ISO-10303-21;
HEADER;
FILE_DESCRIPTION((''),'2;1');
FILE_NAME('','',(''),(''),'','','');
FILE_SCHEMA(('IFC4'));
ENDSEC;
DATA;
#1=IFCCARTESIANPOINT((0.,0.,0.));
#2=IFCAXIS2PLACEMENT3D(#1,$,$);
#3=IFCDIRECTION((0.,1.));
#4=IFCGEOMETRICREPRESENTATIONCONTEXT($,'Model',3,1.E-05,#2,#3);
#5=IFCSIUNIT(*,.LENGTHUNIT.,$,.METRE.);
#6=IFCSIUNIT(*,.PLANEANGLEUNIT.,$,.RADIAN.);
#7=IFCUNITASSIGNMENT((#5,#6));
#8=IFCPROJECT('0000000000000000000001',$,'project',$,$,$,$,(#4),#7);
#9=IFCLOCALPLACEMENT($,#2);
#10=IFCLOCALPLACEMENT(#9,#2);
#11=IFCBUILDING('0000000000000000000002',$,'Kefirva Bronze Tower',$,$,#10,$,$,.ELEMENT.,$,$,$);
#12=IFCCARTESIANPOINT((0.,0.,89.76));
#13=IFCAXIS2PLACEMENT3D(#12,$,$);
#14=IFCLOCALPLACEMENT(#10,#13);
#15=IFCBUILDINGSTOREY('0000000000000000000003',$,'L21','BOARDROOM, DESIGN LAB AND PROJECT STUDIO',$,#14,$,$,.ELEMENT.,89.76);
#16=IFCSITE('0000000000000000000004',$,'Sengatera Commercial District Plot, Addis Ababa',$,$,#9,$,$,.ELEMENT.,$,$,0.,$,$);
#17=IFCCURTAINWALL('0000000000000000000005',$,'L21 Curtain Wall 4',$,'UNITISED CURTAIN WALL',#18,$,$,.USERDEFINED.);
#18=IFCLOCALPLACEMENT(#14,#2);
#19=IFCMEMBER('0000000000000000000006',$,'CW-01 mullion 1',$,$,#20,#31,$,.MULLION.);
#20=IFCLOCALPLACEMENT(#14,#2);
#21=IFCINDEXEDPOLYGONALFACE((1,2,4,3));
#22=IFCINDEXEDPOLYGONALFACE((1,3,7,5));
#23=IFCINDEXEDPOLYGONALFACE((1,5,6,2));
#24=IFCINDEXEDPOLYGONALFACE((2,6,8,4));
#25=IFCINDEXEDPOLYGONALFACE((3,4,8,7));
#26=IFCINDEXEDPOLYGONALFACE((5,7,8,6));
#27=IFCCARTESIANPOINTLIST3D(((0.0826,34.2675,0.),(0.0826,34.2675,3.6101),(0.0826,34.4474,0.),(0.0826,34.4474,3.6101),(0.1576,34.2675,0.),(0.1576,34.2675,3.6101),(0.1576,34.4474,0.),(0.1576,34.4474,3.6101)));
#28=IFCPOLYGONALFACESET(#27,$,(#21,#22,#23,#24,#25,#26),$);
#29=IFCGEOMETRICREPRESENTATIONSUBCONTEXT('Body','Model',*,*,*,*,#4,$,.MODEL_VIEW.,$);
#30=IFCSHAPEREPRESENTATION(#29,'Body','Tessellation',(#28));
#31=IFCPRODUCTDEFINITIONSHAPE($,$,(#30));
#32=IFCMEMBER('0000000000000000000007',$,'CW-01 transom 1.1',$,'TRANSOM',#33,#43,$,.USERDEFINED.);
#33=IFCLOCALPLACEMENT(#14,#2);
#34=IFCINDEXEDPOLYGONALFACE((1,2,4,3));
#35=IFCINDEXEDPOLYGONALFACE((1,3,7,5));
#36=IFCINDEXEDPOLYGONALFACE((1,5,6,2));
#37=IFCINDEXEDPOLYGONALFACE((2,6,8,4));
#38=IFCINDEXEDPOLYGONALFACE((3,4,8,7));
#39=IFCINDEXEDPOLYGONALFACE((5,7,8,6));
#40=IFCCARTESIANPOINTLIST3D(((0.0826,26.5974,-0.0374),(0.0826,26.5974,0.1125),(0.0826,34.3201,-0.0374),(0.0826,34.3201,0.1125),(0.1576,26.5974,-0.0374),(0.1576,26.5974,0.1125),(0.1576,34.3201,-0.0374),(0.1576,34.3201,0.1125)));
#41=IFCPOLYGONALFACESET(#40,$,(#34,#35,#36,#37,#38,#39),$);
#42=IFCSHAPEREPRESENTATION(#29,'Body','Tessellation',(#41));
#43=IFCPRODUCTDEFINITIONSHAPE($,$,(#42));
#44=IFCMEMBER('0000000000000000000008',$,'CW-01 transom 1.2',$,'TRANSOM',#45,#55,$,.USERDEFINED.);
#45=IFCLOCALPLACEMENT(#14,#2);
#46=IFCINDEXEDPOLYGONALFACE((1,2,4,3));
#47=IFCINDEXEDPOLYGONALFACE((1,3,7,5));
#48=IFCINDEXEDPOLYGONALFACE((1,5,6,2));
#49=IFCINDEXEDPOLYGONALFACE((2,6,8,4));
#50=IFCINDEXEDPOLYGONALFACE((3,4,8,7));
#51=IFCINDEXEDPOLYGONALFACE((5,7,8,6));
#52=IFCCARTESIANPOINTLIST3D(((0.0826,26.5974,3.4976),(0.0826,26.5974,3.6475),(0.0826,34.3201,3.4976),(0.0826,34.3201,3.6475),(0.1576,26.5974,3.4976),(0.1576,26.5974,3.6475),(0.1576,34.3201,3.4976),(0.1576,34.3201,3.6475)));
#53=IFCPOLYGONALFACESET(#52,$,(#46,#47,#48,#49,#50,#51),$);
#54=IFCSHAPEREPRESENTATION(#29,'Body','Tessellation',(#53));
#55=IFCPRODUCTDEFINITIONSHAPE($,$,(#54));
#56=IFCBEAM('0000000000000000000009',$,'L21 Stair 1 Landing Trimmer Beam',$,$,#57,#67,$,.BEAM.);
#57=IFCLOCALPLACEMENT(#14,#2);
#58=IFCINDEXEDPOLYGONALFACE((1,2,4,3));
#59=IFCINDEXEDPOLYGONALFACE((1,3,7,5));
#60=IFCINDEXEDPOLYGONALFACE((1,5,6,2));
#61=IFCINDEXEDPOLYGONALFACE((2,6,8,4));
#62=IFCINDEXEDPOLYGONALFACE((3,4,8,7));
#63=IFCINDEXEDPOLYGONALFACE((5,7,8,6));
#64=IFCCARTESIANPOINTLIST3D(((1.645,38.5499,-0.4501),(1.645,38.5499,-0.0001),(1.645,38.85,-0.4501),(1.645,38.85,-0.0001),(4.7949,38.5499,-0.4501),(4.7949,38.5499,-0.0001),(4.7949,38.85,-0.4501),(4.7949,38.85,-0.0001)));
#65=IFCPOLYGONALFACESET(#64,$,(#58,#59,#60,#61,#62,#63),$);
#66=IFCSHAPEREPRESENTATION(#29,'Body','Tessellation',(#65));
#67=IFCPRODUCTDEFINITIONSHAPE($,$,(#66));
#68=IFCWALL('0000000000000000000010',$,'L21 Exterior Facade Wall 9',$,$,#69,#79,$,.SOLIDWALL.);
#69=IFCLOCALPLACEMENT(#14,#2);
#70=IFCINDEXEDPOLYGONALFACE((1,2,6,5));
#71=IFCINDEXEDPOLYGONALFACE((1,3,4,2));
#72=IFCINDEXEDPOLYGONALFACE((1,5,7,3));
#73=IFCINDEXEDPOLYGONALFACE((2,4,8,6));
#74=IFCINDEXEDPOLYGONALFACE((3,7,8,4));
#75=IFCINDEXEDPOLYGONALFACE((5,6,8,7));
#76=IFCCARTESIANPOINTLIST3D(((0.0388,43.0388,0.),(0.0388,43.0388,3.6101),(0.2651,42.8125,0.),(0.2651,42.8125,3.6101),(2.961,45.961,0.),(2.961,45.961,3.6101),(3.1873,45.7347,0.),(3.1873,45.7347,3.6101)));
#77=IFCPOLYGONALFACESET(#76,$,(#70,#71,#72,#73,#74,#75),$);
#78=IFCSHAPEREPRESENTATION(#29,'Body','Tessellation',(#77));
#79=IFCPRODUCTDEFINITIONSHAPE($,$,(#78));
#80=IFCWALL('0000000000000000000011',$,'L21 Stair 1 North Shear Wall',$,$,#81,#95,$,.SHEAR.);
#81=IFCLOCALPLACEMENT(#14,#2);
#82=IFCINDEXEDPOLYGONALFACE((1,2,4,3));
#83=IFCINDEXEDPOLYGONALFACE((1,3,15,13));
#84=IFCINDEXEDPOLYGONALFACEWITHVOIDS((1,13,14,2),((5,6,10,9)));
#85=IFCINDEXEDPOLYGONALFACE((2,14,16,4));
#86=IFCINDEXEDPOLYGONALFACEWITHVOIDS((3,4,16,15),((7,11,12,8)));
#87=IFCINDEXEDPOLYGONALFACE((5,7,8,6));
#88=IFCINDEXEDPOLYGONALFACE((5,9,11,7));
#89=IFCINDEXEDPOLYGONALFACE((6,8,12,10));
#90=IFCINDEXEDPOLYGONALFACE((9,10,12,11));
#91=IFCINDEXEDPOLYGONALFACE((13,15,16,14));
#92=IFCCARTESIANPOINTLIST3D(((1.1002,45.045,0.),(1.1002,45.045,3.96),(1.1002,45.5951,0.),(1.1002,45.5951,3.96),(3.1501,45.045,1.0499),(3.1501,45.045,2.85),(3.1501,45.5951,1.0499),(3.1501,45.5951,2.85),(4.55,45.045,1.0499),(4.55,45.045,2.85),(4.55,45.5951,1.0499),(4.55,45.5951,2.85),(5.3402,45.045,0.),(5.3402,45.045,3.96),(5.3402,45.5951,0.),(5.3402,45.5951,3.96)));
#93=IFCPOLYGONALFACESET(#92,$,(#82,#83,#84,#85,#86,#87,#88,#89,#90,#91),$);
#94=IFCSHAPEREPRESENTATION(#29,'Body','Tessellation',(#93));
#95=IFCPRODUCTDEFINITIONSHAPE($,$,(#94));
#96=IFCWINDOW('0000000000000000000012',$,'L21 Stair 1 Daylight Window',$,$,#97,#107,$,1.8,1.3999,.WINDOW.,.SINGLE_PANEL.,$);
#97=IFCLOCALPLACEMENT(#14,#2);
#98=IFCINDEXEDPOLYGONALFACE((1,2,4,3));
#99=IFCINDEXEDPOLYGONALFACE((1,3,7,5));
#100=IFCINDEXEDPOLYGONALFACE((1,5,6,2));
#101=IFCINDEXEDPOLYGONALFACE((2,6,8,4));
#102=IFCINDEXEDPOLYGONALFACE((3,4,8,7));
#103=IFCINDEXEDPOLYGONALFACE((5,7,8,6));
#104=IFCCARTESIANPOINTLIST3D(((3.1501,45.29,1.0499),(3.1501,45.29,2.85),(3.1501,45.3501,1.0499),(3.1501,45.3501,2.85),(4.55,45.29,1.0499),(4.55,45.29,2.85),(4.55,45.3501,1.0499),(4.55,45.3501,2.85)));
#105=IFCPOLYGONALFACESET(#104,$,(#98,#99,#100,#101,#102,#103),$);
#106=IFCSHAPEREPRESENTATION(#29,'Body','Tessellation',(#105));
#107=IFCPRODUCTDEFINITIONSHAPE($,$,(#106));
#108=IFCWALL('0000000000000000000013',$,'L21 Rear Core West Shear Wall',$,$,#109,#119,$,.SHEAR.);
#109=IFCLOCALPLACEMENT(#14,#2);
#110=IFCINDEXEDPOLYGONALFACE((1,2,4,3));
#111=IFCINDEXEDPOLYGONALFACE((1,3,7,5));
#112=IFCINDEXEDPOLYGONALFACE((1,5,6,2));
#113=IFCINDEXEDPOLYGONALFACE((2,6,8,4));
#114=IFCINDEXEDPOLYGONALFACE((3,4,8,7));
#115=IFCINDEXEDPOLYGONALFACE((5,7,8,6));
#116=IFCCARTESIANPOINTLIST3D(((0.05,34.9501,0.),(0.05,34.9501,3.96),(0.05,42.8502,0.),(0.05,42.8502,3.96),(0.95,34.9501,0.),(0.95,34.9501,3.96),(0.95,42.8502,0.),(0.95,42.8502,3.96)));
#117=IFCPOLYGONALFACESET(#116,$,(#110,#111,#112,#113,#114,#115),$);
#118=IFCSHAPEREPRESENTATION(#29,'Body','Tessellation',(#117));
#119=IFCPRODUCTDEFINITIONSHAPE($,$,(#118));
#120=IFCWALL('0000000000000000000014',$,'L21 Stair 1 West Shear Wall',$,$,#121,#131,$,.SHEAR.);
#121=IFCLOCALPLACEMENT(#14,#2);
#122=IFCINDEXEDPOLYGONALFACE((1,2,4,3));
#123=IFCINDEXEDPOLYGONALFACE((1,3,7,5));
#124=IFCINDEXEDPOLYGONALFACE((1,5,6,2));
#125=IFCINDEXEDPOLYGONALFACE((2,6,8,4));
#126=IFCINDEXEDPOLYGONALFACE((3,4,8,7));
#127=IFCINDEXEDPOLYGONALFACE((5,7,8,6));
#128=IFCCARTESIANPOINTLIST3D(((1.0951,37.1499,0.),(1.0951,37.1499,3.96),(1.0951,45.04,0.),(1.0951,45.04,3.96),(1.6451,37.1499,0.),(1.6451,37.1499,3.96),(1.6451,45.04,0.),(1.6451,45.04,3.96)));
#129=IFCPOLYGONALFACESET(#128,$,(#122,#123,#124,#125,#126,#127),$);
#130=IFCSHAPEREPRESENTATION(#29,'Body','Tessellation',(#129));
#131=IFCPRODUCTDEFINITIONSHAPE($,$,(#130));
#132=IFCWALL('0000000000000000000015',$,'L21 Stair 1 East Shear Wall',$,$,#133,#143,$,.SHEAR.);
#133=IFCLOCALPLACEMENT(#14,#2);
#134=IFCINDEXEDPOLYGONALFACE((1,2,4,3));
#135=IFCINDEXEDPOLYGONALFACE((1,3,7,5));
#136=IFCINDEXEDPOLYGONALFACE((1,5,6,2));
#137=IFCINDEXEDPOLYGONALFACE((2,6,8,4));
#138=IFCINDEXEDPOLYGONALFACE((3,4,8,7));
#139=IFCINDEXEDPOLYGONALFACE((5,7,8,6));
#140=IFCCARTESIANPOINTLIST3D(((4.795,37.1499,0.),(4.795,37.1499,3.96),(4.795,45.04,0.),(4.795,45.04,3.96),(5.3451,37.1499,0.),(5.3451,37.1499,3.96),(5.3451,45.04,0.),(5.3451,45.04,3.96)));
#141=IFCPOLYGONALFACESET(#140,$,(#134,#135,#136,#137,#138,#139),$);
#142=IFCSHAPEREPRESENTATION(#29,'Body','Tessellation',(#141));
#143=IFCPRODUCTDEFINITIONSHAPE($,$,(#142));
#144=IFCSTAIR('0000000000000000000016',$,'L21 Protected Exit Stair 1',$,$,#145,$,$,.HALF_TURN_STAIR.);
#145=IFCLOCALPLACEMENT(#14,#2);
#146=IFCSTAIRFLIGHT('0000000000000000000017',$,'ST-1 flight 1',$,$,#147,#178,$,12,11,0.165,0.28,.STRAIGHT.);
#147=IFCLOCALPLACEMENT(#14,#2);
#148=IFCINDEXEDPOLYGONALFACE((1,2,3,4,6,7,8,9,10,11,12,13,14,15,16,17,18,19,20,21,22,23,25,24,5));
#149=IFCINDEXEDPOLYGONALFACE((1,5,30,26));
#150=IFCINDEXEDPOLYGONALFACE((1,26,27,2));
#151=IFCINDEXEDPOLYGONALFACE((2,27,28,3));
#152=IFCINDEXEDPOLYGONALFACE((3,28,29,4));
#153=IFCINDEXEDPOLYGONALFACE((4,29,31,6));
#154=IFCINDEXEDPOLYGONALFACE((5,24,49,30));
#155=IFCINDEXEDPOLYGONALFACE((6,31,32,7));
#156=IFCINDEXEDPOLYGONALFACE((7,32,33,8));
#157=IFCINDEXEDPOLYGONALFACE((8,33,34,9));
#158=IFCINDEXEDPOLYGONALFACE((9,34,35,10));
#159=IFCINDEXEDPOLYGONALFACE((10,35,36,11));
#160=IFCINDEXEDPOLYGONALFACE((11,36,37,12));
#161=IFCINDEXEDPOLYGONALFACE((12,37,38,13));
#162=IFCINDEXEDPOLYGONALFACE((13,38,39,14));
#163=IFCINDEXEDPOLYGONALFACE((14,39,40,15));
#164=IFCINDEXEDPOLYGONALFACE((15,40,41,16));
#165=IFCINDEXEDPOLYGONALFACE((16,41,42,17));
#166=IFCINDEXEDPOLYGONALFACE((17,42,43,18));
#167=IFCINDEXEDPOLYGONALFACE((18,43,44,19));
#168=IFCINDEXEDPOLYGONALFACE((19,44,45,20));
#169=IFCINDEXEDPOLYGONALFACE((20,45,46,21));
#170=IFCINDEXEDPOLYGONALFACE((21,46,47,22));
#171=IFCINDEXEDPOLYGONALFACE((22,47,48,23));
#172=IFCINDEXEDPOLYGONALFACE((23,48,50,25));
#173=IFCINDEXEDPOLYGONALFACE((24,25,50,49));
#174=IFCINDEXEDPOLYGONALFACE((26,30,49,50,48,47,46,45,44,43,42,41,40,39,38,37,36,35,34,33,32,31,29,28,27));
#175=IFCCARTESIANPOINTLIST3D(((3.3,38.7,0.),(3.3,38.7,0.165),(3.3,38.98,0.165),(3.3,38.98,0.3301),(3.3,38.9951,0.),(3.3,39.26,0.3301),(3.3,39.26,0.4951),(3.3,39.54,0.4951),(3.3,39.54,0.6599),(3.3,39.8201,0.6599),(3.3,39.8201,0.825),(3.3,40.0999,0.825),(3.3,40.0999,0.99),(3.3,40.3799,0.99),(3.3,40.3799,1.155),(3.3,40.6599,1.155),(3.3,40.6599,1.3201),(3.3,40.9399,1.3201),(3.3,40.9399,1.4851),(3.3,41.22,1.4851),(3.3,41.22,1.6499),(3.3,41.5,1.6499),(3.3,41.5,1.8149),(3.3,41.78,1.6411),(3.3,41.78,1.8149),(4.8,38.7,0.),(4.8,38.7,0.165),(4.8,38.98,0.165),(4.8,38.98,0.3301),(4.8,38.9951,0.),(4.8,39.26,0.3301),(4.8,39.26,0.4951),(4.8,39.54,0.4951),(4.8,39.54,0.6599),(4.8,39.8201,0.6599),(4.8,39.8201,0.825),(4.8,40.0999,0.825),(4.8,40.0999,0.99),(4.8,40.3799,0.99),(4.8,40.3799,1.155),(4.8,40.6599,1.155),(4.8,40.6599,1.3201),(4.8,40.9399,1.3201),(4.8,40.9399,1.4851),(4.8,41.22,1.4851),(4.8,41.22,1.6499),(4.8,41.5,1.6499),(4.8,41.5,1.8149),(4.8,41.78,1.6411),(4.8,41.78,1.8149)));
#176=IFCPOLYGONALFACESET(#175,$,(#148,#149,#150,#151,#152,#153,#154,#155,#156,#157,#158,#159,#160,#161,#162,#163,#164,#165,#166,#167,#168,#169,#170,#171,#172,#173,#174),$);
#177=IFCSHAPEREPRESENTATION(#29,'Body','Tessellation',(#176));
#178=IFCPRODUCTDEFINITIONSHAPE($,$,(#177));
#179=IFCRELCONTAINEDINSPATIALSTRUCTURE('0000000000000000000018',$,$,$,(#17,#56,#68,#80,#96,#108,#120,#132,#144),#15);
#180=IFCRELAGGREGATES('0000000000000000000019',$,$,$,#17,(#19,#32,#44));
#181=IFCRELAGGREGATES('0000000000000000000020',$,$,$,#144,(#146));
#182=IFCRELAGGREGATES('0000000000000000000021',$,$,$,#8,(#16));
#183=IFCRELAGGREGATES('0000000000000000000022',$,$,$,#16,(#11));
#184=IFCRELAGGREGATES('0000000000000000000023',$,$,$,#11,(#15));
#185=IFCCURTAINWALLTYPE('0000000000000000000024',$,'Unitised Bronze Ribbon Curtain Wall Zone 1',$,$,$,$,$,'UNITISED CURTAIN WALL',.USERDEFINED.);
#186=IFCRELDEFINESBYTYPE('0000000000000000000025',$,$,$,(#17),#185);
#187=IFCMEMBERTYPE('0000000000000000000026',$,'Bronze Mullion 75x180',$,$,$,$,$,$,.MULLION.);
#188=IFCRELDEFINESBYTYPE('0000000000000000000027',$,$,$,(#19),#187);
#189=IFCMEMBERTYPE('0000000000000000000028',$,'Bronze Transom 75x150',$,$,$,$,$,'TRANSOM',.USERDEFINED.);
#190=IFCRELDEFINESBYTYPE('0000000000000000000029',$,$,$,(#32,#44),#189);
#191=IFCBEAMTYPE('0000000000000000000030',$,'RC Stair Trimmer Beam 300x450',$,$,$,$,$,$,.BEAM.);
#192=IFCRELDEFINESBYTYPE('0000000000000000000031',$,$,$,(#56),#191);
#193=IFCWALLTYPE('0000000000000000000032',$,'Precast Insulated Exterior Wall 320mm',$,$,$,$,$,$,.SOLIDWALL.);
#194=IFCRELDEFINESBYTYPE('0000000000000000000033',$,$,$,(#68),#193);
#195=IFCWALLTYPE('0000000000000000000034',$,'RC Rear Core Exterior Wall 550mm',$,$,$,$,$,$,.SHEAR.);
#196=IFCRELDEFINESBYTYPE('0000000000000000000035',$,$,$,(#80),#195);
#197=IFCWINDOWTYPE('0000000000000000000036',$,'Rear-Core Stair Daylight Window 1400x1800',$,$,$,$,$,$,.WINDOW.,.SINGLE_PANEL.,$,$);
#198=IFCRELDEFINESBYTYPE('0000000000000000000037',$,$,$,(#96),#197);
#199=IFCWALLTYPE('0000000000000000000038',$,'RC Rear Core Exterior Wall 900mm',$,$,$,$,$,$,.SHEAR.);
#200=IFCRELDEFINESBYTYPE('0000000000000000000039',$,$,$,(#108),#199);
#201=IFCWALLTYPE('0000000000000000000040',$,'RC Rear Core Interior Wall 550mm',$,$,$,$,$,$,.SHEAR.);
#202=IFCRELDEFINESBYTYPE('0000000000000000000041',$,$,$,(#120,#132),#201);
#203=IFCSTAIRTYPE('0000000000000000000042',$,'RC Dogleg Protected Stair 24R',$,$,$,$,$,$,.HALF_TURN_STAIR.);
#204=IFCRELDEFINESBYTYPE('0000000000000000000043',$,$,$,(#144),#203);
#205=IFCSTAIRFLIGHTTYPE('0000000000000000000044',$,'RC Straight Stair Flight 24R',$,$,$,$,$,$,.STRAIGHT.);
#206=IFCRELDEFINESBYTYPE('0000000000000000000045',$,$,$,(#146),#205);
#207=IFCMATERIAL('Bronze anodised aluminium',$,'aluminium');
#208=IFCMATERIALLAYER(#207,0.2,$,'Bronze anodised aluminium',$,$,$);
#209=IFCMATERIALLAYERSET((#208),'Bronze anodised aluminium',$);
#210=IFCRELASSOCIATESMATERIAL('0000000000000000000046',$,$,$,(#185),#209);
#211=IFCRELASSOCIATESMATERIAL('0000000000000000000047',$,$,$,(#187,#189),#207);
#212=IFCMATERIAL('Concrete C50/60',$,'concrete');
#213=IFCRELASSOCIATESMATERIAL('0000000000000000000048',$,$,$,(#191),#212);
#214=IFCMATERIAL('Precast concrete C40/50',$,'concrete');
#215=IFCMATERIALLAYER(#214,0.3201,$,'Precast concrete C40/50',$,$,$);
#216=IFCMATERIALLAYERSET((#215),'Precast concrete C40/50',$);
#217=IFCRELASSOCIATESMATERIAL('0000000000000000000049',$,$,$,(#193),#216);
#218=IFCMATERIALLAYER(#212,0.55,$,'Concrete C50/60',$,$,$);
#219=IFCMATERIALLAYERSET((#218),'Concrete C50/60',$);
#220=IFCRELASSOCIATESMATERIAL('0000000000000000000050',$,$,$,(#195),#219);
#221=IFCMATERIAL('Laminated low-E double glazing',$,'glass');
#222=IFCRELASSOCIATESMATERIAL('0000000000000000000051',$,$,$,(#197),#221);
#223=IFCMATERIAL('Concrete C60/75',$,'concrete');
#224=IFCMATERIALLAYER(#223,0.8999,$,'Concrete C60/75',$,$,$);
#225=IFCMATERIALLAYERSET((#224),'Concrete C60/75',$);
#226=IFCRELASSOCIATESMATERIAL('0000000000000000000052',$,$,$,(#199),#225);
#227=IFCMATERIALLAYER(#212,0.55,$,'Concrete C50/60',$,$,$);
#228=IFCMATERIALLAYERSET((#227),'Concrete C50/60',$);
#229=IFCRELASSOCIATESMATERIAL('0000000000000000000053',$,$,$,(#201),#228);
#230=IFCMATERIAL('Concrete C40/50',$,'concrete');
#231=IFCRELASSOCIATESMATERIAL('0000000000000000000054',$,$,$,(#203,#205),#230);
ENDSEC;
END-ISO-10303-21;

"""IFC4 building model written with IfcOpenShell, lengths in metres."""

from ifc_helpers import new_model, si_unit, direction, frame, frame_2d, origin, origin_2d, place, context, subcontext, project, spatial, polyline, rectangle, outline, extrude, material, layer, layer_set, material_profile, profile_set, type_object, element, fill, aggregate, save


model = new_model("IFC4")

# Units and contexts
model_context = context("Model", 3, precision=1e-05, world=origin(), true_north=direction((0.0, 1.0)))
body_context = subcontext(model_context, "Body", "Model", "MODEL_VIEW")
ifc_project = project(units=[si_unit("LENGTHUNIT", "METRE"), si_unit("PLANEANGLEUNIT", "RADIAN")], contexts=[model_context])

# Site, building, storey
site_placement = place(None, origin())
site = spatial("IfcSite", under=ifc_project, at=site_placement, Name="Sengatera Commercial District Plot, Addis Ababa", CompositionType="ELEMENT", RefElevation=0.0)
building_placement = place(site_placement, origin())
building = spatial("IfcBuilding", under=site, at=building_placement, Name="Kefirva Bronze Tower", CompositionType="ELEMENT")
storey_placement = place(building_placement, frame((0.0, 0.0, 89.76)))
storey = spatial("IfcBuildingStorey", under=building, at=storey_placement, Name="L21", Description="BOARDROOM, DESIGN LAB AND PROJECT STUDIO", CompositionType="ELEMENT", Elevation=89.76)

# Curtain wall, members
ifc_material_1 = material(Name="Bronze anodised aluminium", Category="aluminium")
ifc_layer_1 = layer(ifc_material_1, 0.2, Name="Bronze anodised aluminium")
ifc_layer_set_1 = layer_set([ifc_layer_1], Name="Bronze anodised aluminium")
curtain_wall_type = type_object("IfcCurtainWallType", Name="Unitised Bronze Ribbon Curtain Wall Zone 1", ElementType="UNITISED CURTAIN WALL", PredefinedType="USERDEFINED", material=ifc_layer_set_1)
curtain_wall_placement = place(storey_placement, origin())
curtain_wall = element("IfcCurtainWall", 1, at=curtain_wall_placement, inside=storey, type_object=curtain_wall_type, Name="L21 Curtain Wall 4", ObjectType="UNITISED CURTAIN WALL", PredefinedType="USERDEFINED")
ifc_material_profile_1 = material_profile(ifc_material_1, rectangle(XDim=0.075, YDim=0.1799, at=origin_2d()), Name="ALU 75x180")
ifc_profile_set_1 = profile_set([ifc_material_profile_1], Name="Bronze anodised aluminium")
member_type_1 = type_object("IfcMemberType", Name="Bronze Mullion 75x180", PredefinedType="MULLION", material=ifc_profile_set_1)
member_1_placement = place(storey_placement, frame((0.1201, 34.3574, 0.0), z_axis=(0.0, 0.0, 1.0), x_axis=(1.0, 0.0, 0.0)))
member_1 = element("IfcMember", 2, at=member_1_placement, type_object=member_type_1, Name="CW-01 mullion 1", PredefinedType="MULLION", context=body_context, shape_type="SweptSolid", body=[
    extrude(rectangle(XDim=0.075, YDim=0.1799, at=origin_2d()), origin(), (0.0, 0.0, 1.0), 3.6101),
])
ifc_material_profile_2 = material_profile(ifc_material_1, rectangle(XDim=0.075, YDim=0.1499, at=origin_2d()), Name="ALU 75x150")
ifc_profile_set_2 = profile_set([ifc_material_profile_2], Name="Bronze anodised aluminium")
member_type_2 = type_object("IfcMemberType", Name="Bronze Transom 75x150", ElementType="TRANSOM", PredefinedType="USERDEFINED", material=ifc_profile_set_2)
member_2_placement = place(storey_placement, frame((0.1201, 34.3201, 0.0376), z_axis=(0.0, -1.0, 0.0), x_axis=(1.0, 0.0, 0.0)))
member_2 = element("IfcMember", 3, at=member_2_placement, type_object=member_type_2, Name="CW-01 transom 1.1", ObjectType="TRANSOM", PredefinedType="USERDEFINED", context=body_context, shape_type="SweptSolid", body=[
    extrude(rectangle(XDim=0.075, YDim=0.1499, at=origin_2d()), origin(), (0.0, 0.0, 1.0), 7.7227),
])
member_3_placement = place(storey_placement, frame((0.1201, 34.3201, 3.5725), z_axis=(0.0, -1.0, 0.0), x_axis=(1.0, 0.0, 0.0)))
member_3 = element("IfcMember", 4, at=member_3_placement, type_object=member_type_2, Name="CW-01 transom 1.2", ObjectType="TRANSOM", PredefinedType="USERDEFINED", context=body_context, shape_type="SweptSolid", body=[
    extrude(rectangle(XDim=0.075, YDim=0.1499, at=origin_2d()), origin(), (0.0, 0.0, 1.0), 7.7227),
])
aggregate(curtain_wall, [member_1, member_2, member_3])

# Beam
ifc_material_2 = material(Name="Concrete C50/60", Category="concrete")
ifc_material_profile_3 = material_profile(ifc_material_2, rectangle(XDim=0.3, YDim=0.45, at=origin_2d()), Name="RC 300x450")
ifc_profile_set_3 = profile_set([ifc_material_profile_3], Name="Concrete C50/60")
beam_type = type_object("IfcBeamType", Name="RC Stair Trimmer Beam 300x450", PredefinedType="BEAM", material=ifc_profile_set_3)
beam_placement = place(storey_placement, frame((1.645, 38.7, -0.2251), z_axis=(1.0, 0.0, 0.0), x_axis=(0.0, 1.0, 0.0)))
element("IfcBeam", 5, at=beam_placement, inside=storey, type_object=beam_type, Name="L21 Stair 1 Landing Trimmer Beam", PredefinedType="BEAM", context=body_context, shape_type="SweptSolid", body=[
    extrude(rectangle(XDim=0.3, YDim=0.45, at=origin_2d()), origin(), (0.0, 0.0, 1.0), 3.1499),
])

# Wall
ifc_material_3 = material(Name="Precast concrete C40/50", Category="concrete")
ifc_layer_2 = layer(ifc_material_3, 0.3201, Name="Precast concrete C40/50")
ifc_layer_set_2 = layer_set([ifc_layer_2], Name="Precast concrete C40/50")
wall_type_1 = type_object("IfcWallType", Name="Precast Insulated Exterior Wall 320mm", PredefinedType="SOLIDWALL", material=ifc_layer_set_2)
wall_1_placement = place(storey_placement, frame((3.0742, 45.8479, 0.0), z_axis=(0.0, 0.0, 1.0), x_axis=(-0.707107, -0.707107, 0.0)))
element("IfcWall", 6, at=wall_1_placement, inside=storey, type_object=wall_type_1, Name="L21 Exterior Facade Wall 9", PredefinedType="SOLIDWALL", context=body_context, shape_type="SweptSolid", body=[
    extrude(rectangle(XDim=4.1326, YDim=0.3201, at=frame_2d((2.0664, 0.0))), origin(), (0.0, 0.0, 1.0), 3.6101),
])

# Wall, opening, window
ifc_layer_3 = layer(ifc_material_2, 0.55, Name="Concrete C50/60")
ifc_layer_set_3 = layer_set([ifc_layer_3], Name="Concrete C50/60")
wall_type_2 = type_object("IfcWallType", Name="RC Rear Core Exterior Wall 550mm", PredefinedType="SHEAR", material=ifc_layer_set_3)
wall_2_placement = place(storey_placement, frame((1.1001, 45.3201, 0.0), z_axis=(0.0, 0.0, 1.0), x_axis=(1.0, 0.0, 0.0)))
wall_2 = element("IfcWall", 7, at=wall_2_placement, inside=storey, type_object=wall_type_2, Name="L21 Stair 1 North Shear Wall", PredefinedType="SHEAR", context=body_context, shape_type="SweptSolid", body=[
    extrude(rectangle(XDim=4.24, YDim=0.55, at=frame_2d((2.1201, 0.0))), origin(), (0.0, 0.0, 1.0), 3.96),
])
opening_1_placement = place(wall_2_placement, frame((2.05, 0.0, 1.05)))
opening_1 = element("IfcOpeningElement", 8, at=opening_1_placement, cuts=wall_2, PredefinedType="OPENING", context=body_context, shape_type="SweptSolid", body=[
    extrude(rectangle(XDim=1.3999, YDim=1.8, at=frame_2d((0.7, 0.8999))), frame((0.0, 0.2852, 0.0), z_axis=(0.0, -1.0, 0.0), x_axis=(1.0, 0.0, 0.0)), (0.0, 0.0, 1.0), 0.5701),
])
ifc_material_4 = material(Name="Laminated low-E double glazing", Category="glass")
window_type = type_object("IfcWindowType", Name="Rear-Core Stair Daylight Window 1400x1800", PartitioningType="SINGLE_PANEL", PredefinedType="WINDOW", material=ifc_material_4)
window_placement = place(opening_1_placement, origin())
window = element("IfcWindow", 9, at=window_placement, inside=storey, type_object=window_type, Name="L21 Stair 1 Daylight Window", OverallHeight=1.8, OverallWidth=1.3999, PartitioningType="SINGLE_PANEL", PredefinedType="WINDOW", context=body_context, shape_type="SweptSolid", body=[
    extrude(rectangle(XDim=1.3999, YDim=1.8, at=frame_2d((0.7, 0.8999))), frame((0.0, 0.03, 0.0), z_axis=(0.0, -1.0, 0.0), x_axis=(1.0, 0.0, 0.0)), (0.0, 0.0, 1.0), 0.0601),
])
fill(opening_1, window)

# Walls
ifc_material_5 = material(Name="Concrete C60/75", Category="concrete")
ifc_layer_4 = layer(ifc_material_5, 0.8999, Name="Concrete C60/75")
ifc_layer_set_4 = layer_set([ifc_layer_4], Name="Concrete C60/75")
wall_type_3 = type_object("IfcWallType", Name="RC Rear Core Exterior Wall 900mm", PredefinedType="SHEAR", material=ifc_layer_set_4)
wall_3_placement = place(storey_placement, frame((0.5, 34.95, 0.0), z_axis=(0.0, 0.0, 1.0), x_axis=(0.0, 1.0, 0.0)))
element("IfcWall", 10, at=wall_3_placement, inside=storey, type_object=wall_type_3, Name="L21 Rear Core West Shear Wall", PredefinedType="SHEAR", context=body_context, shape_type="SweptSolid", body=[
    extrude(rectangle(XDim=7.9001, YDim=0.8999, at=frame_2d((3.9502, 0.0))), origin(), (0.0, 0.0, 1.0), 3.96),
])
ifc_layer_5 = layer(ifc_material_2, 0.55, Name="Concrete C50/60")
ifc_layer_set_5 = layer_set([ifc_layer_5], Name="Concrete C50/60")
wall_type_4 = type_object("IfcWallType", Name="RC Rear Core Interior Wall 550mm", PredefinedType="SHEAR", material=ifc_layer_set_5)
for number, where, z_axis, x_axis, name in (
    (11, (1.3701, 37.1499, 0.0), (0.0, 0.0, 1.0), (0.0, 1.0, 0.0), "L21 Stair 1 West Shear Wall"),
    (12, (5.0701, 37.1499, 0.0), (0.0, 0.0, 1.0), (0.0, 1.0, 0.0), "L21 Stair 1 East Shear Wall"),
):
    element("IfcWall", number, at=place(storey_placement, frame(where, z_axis=z_axis, x_axis=x_axis)), inside=storey, type_object=wall_type_4, Name=name, PredefinedType="SHEAR", context=body_context, shape_type="SweptSolid", body=[
        extrude(rectangle(XDim=7.8901, YDim=0.55, at=frame_2d((3.9451, 0.0))), origin(), (0.0, 0.0, 1.0), 3.96),
    ])

# Stair, stair flight
ifc_material_6 = material(Name="Concrete C40/50", Category="concrete")
stair_type = type_object("IfcStairType", Name="RC Dogleg Protected Stair 24R", PredefinedType="HALF_TURN_STAIR", material=ifc_material_6)
stair_placement = place(storey_placement, origin())
stair = element("IfcStair", 13, at=stair_placement, inside=storey, type_object=stair_type, Name="L21 Protected Exit Stair 1", PredefinedType="HALF_TURN_STAIR")
stair_flight_type = type_object("IfcStairFlightType", Name="RC Straight Stair Flight 24R", PredefinedType="STRAIGHT", material=ifc_material_6)
stair_flight_1_placement = place(storey_placement, frame((4.05, 38.7, 0.0), z_axis=(0.0, 0.0, 1.0), x_axis=(0.0, 1.0, 0.0)))
stair_flight_1 = element("IfcStairFlight", 14, at=stair_flight_1_placement, type_object=stair_flight_type, Name="ST-1 flight 1", NumberOfRisers=12, NumberOfTreads=11, PredefinedType="STRAIGHT", RiserHeight=0.165, TreadLength=0.28, context=body_context, shape_type="SweptSolid", body=[
    extrude(outline(polyline([(0.0, 0.0), (0.0, 0.165), (0.28, 0.165), (0.28, 0.3301), (0.5601, 0.3301), (0.5601, 0.4951), (0.8401, 0.4951), (0.8401, 0.6599), (1.1201, 0.6599), (1.1201, 0.825), (1.3999, 0.825), (1.3999, 0.99), (1.6799, 0.99), (1.6799, 1.155), (1.96, 1.155), (1.96, 1.3201), (2.24, 1.3201), (2.24, 1.4851), (2.52, 1.4851), (2.52, 1.6499), (2.8, 1.6499), (2.8, 1.8149), (3.0801, 1.8149), (3.0801, 1.98), (3.0801, 1.6411), (0.2952, 0.0), (0.0, 0.0)])), frame((0.0, 0.75, 0.0), z_axis=(0.0, -1.0, 0.0), x_axis=(1.0, 0.0, 0.0)), (0.0, 0.0, 1.0), 1.5),
])
aggregate(stair, [stair_flight_1])

save(model, "model.ifc")
